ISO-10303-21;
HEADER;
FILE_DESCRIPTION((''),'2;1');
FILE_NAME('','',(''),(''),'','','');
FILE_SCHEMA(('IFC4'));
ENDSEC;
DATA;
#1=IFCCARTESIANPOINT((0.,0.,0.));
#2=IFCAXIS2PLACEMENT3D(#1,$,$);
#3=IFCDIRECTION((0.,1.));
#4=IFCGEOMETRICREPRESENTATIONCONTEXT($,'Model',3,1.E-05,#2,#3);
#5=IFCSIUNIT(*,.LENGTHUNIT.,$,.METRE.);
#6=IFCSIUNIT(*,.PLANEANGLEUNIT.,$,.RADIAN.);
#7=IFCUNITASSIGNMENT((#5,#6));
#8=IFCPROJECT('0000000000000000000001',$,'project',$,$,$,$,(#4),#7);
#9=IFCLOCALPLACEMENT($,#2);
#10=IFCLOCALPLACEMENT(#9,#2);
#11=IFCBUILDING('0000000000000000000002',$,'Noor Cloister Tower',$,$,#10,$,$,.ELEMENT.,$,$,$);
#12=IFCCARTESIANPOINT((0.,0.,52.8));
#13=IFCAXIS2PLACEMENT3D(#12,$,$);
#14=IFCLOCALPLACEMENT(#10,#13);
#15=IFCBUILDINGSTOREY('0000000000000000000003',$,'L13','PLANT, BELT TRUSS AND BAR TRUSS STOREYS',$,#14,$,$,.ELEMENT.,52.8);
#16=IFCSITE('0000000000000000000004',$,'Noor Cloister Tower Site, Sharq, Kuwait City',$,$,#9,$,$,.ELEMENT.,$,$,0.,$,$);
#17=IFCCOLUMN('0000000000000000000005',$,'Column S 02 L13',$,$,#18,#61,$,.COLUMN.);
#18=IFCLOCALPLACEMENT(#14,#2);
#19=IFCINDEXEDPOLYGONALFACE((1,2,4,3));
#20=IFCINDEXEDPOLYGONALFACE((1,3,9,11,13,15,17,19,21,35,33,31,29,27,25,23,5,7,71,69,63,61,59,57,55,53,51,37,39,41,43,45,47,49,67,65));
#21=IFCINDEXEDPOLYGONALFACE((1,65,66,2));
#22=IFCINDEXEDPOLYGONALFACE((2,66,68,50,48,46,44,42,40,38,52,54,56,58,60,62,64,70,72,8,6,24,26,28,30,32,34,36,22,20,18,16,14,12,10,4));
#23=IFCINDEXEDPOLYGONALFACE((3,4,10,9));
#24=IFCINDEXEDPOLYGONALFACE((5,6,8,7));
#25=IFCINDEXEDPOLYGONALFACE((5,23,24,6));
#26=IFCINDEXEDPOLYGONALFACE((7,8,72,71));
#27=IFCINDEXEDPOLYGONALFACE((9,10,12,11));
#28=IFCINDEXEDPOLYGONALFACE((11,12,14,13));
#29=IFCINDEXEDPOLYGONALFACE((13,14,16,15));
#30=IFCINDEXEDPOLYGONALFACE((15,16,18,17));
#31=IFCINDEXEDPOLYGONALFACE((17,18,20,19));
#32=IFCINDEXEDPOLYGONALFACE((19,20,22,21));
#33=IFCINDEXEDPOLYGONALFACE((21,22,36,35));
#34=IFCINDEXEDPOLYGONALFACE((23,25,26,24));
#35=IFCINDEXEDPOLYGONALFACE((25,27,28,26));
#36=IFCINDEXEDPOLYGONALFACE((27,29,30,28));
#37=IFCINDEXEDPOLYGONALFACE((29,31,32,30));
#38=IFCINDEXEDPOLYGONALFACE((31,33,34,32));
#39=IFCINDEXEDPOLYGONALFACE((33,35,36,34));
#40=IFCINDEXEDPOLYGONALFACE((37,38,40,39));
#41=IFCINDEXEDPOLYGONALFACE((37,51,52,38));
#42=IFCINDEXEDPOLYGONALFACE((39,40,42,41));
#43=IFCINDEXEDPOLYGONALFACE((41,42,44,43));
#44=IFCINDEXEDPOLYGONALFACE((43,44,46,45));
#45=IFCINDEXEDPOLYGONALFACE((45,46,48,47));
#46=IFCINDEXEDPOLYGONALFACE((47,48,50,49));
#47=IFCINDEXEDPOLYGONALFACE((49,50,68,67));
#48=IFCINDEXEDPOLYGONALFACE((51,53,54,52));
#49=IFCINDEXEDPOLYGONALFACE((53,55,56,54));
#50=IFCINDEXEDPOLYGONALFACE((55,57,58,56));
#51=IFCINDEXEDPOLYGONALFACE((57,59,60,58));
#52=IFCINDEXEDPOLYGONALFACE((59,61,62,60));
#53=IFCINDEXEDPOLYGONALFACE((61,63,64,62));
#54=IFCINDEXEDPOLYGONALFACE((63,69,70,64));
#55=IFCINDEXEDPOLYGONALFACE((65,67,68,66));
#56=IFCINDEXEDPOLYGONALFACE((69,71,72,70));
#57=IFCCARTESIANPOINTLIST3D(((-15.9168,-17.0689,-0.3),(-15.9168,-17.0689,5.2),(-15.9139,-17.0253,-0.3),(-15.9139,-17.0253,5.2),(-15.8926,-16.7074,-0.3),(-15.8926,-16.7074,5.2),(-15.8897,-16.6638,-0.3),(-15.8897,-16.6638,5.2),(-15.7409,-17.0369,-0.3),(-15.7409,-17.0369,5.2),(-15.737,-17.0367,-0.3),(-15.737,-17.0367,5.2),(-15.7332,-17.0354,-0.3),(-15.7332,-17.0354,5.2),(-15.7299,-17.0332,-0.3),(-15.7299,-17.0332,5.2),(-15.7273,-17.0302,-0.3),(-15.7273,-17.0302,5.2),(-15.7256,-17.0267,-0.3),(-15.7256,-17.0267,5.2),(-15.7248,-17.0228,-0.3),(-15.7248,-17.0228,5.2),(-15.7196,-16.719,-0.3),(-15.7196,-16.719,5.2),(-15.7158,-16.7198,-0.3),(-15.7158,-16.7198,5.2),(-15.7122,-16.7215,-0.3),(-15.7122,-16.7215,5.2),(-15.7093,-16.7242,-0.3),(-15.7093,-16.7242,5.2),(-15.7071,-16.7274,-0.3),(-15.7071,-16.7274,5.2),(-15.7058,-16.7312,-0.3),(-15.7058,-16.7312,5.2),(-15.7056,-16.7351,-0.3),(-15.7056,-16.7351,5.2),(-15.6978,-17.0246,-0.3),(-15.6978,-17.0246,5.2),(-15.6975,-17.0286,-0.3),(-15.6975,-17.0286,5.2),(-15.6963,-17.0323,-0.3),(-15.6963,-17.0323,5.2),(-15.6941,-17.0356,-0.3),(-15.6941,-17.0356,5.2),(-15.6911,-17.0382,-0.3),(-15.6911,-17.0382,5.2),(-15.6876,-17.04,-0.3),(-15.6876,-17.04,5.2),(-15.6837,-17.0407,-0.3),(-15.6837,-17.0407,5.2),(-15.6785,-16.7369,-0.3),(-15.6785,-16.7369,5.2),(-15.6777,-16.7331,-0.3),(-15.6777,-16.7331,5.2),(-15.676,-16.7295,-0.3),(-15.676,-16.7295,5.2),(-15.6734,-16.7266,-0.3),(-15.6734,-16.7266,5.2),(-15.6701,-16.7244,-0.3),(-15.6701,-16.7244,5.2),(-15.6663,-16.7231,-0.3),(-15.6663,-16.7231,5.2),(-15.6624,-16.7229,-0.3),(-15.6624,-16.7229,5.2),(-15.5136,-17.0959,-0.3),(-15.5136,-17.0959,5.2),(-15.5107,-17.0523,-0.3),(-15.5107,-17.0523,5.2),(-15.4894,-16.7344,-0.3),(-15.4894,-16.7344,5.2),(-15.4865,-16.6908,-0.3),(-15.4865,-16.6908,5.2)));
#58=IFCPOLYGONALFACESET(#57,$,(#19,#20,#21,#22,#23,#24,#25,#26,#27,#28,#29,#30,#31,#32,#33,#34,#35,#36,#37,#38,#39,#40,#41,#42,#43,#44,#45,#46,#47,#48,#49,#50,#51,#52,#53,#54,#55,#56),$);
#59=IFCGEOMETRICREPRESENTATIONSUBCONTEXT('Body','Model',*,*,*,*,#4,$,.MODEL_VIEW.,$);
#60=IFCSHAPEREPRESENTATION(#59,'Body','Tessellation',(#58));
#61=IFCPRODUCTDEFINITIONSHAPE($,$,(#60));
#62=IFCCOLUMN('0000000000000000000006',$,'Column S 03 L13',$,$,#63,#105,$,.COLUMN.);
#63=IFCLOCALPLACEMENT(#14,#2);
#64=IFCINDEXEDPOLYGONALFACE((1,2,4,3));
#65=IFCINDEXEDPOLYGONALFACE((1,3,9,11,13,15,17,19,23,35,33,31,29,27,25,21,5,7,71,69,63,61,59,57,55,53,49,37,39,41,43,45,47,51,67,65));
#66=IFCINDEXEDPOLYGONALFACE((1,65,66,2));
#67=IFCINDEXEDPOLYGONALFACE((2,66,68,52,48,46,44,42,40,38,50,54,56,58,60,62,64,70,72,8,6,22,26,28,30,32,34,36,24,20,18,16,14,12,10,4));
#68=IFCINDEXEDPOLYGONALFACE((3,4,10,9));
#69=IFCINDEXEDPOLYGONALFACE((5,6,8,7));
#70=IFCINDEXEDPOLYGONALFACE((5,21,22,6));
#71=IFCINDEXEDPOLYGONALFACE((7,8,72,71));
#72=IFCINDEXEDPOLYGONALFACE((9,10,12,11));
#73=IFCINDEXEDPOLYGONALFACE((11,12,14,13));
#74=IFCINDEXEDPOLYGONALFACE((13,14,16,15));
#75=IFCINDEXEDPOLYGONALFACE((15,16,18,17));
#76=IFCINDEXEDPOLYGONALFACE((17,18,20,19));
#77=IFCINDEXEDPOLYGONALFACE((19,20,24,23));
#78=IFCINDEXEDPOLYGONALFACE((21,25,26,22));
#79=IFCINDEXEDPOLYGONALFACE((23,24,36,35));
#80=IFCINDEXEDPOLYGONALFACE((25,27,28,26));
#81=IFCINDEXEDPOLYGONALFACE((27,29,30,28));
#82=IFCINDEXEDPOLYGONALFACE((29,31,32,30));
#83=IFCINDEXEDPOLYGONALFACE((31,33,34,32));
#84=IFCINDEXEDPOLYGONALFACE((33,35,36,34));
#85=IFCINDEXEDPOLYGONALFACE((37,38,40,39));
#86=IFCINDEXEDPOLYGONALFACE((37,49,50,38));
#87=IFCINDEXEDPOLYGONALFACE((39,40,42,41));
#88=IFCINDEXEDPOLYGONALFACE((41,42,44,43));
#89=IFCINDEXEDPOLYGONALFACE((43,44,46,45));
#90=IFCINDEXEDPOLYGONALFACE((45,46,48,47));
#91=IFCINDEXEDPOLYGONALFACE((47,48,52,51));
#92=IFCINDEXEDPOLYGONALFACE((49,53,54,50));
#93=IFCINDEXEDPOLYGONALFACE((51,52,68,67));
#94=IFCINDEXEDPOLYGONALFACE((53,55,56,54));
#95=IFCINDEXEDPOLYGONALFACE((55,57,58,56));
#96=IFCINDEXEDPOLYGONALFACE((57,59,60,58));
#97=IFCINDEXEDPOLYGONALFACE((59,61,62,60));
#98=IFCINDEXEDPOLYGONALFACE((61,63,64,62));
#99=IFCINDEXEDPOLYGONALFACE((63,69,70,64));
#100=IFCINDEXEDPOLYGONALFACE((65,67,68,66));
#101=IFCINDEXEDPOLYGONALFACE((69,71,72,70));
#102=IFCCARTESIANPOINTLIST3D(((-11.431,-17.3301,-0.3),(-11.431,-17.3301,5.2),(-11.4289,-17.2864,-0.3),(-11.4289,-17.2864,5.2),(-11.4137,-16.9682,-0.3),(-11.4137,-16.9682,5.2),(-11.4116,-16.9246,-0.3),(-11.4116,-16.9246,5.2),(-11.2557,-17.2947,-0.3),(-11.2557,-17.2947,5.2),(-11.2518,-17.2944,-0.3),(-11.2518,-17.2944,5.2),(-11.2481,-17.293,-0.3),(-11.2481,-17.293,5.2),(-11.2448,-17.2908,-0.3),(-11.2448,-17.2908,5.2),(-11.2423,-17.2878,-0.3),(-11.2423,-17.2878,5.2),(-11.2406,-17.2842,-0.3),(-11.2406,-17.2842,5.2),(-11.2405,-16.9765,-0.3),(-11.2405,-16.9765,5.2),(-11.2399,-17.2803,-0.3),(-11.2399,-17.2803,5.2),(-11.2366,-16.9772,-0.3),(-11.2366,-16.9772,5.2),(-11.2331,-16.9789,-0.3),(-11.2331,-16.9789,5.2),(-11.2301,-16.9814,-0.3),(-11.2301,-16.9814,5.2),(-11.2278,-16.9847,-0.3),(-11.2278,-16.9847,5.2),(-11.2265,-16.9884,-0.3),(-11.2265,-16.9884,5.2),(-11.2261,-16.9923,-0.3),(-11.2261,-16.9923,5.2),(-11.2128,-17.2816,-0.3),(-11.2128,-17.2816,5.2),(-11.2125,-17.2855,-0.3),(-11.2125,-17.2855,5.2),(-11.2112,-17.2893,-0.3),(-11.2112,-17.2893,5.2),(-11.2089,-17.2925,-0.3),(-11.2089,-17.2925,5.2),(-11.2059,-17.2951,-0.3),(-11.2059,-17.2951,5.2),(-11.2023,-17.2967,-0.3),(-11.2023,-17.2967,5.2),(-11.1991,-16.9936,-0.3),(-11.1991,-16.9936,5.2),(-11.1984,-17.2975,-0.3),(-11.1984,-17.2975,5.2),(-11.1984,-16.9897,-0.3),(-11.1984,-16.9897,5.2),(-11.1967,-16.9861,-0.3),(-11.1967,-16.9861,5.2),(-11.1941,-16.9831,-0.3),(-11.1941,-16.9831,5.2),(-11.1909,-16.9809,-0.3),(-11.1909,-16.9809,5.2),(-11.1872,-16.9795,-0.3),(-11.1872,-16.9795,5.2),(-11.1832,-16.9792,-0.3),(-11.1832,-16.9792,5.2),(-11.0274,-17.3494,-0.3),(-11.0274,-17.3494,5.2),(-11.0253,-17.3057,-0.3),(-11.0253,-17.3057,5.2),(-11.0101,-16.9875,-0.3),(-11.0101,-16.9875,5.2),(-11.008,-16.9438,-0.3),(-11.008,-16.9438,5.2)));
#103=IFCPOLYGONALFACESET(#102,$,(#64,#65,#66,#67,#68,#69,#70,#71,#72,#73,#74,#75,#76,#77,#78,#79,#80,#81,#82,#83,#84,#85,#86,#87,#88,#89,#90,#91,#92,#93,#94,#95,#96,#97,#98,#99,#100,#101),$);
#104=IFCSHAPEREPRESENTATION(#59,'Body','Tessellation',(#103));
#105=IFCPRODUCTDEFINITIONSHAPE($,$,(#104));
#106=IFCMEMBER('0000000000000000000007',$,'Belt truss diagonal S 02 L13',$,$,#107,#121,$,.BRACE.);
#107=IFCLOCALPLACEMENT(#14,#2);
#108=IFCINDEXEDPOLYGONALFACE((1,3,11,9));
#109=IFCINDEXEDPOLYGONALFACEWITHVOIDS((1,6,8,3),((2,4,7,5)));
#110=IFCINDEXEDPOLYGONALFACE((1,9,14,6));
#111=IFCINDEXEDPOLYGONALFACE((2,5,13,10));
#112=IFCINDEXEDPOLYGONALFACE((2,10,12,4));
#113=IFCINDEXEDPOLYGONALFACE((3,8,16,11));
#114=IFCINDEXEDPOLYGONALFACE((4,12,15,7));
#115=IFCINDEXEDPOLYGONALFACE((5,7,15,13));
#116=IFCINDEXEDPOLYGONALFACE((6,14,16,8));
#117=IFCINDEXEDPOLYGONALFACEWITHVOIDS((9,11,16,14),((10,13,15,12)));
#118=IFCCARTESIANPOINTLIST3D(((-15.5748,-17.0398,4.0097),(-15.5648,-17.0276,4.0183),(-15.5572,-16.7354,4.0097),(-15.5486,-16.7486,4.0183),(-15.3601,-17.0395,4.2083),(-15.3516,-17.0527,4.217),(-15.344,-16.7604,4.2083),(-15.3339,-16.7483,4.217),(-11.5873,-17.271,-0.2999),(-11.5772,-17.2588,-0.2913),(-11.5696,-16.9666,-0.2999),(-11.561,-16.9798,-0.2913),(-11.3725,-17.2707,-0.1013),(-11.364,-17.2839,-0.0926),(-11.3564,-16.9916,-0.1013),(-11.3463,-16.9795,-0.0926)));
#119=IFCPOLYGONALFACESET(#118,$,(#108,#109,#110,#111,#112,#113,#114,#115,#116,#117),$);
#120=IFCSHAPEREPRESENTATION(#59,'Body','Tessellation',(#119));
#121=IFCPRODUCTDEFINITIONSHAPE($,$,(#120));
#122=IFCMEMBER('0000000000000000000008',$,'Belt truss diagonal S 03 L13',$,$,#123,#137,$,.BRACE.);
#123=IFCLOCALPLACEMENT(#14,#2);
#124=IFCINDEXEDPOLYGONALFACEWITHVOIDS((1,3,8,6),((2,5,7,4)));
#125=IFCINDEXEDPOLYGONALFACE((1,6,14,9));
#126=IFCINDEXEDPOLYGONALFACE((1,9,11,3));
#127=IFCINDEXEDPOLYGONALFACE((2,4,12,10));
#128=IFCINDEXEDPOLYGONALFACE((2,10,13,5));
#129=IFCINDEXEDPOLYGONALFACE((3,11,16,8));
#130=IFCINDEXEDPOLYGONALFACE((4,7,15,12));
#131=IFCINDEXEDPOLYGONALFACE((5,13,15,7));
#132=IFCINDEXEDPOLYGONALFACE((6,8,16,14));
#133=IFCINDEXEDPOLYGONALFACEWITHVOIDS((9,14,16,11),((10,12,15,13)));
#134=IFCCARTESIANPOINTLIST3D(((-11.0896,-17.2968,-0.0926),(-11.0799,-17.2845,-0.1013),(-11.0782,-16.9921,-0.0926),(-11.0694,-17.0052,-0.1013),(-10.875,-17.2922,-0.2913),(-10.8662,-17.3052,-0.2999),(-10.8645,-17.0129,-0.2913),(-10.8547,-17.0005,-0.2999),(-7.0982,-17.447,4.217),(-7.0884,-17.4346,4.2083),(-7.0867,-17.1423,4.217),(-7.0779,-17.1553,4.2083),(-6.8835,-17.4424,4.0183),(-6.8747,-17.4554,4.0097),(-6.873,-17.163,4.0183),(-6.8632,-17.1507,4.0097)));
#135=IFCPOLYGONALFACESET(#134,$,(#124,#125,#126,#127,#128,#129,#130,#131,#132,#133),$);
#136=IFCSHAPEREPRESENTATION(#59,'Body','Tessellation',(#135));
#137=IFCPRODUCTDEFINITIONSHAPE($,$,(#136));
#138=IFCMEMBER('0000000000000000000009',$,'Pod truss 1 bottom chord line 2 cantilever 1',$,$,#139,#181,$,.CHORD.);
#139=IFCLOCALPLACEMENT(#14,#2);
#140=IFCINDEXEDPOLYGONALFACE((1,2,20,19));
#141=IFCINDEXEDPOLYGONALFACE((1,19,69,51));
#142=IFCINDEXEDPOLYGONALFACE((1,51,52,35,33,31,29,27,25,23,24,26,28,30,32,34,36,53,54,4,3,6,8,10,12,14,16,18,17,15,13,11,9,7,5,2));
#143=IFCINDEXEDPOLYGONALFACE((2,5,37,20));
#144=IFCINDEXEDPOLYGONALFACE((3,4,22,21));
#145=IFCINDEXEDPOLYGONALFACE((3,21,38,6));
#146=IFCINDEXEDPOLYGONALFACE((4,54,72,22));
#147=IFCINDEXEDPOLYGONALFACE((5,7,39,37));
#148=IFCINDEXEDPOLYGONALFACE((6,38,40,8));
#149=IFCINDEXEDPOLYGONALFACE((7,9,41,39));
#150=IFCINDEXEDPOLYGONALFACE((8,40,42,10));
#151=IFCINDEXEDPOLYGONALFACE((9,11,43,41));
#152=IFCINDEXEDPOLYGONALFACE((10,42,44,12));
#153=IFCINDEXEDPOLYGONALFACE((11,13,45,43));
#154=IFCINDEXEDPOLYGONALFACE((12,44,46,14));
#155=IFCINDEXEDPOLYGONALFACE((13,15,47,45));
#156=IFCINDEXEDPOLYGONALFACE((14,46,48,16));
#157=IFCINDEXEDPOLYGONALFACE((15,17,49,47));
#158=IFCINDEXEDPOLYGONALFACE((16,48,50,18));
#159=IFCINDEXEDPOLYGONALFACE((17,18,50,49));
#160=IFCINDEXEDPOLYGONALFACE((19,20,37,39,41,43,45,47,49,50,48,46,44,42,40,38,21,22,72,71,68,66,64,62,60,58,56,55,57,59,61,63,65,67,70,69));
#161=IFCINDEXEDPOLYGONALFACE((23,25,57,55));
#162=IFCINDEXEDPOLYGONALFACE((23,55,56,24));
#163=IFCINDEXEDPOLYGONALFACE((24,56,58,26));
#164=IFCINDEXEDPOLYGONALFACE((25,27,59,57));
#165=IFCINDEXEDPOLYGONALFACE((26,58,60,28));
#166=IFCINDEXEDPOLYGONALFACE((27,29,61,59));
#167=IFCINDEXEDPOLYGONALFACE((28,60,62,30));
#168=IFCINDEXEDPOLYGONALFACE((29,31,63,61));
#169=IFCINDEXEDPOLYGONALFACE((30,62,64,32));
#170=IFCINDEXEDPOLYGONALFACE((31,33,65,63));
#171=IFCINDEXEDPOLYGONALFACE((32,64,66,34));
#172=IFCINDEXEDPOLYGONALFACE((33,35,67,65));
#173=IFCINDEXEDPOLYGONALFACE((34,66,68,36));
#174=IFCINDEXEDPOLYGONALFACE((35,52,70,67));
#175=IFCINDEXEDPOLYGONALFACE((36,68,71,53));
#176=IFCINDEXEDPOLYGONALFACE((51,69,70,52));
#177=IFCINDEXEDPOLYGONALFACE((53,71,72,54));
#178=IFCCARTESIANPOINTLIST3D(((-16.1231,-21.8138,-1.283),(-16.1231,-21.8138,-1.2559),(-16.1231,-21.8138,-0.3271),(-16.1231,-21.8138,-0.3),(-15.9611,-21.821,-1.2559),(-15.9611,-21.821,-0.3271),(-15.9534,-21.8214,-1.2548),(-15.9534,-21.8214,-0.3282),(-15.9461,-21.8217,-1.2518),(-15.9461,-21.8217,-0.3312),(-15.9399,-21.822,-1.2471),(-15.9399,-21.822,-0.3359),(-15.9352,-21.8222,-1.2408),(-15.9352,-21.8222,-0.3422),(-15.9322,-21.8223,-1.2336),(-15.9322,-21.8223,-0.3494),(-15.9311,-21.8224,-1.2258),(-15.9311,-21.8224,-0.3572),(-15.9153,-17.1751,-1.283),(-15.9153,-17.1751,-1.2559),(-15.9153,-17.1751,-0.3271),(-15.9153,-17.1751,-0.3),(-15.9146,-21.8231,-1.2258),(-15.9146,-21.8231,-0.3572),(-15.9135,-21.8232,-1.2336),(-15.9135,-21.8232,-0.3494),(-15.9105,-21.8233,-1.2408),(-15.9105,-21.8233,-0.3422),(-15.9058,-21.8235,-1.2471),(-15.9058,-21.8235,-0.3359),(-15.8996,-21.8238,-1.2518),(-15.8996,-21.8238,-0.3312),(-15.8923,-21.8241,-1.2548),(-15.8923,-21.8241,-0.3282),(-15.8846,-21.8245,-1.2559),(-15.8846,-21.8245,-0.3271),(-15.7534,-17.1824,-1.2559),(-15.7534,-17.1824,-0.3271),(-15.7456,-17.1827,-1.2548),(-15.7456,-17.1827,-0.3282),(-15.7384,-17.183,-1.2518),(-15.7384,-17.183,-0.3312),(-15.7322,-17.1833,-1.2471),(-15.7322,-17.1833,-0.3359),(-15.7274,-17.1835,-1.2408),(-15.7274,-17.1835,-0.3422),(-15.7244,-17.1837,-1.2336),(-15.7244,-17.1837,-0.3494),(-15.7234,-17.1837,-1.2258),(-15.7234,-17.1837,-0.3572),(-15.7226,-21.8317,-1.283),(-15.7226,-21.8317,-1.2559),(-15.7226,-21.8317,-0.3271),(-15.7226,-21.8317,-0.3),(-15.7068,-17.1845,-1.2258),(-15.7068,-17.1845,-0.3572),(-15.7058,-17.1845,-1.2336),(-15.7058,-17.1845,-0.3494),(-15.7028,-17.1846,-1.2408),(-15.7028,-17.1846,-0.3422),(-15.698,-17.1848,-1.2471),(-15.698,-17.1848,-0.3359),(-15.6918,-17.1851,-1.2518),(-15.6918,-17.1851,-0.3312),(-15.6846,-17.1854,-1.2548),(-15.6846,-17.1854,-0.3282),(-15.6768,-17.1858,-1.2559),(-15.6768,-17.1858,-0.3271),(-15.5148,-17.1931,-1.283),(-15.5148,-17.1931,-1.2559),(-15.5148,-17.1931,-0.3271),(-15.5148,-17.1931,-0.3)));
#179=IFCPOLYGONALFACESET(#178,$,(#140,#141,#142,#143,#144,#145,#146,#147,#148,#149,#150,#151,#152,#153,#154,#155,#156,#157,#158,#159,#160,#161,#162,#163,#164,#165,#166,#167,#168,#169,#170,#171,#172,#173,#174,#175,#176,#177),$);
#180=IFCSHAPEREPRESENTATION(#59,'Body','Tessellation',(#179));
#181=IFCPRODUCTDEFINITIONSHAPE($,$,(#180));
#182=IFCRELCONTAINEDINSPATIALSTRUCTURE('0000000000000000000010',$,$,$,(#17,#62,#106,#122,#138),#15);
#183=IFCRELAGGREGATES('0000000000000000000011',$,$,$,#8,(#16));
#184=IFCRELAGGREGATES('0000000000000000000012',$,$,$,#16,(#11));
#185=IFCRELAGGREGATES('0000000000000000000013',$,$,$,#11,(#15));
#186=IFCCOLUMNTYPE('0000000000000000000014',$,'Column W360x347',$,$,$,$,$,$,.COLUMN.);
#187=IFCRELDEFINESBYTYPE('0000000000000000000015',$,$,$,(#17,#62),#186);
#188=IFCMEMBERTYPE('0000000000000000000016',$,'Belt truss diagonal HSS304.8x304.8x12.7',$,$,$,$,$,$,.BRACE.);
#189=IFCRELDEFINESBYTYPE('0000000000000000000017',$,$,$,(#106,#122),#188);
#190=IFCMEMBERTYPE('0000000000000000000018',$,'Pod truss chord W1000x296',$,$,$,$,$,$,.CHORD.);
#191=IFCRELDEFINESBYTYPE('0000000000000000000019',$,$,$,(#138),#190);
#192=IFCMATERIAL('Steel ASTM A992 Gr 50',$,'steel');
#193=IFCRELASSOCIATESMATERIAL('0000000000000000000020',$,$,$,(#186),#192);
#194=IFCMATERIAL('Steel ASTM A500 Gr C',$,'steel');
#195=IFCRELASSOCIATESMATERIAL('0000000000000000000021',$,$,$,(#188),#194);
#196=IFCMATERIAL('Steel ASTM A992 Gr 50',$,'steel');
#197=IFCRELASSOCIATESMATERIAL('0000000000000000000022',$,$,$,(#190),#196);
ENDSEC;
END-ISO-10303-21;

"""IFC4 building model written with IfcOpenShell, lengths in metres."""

from ifc_helpers import new_model, si_unit, direction, frame, origin, origin_2d, place, context, subcontext, project, spatial, hollow_rectangle, i_section, extrude, material, material_profile, profile_set, type_object, element, save


model = new_model("IFC4")

# Units and contexts
model_context = context("Model", 3, precision=1e-05, world=origin(), true_north=direction((0.0, 1.0)))
body_context = subcontext(model_context, "Body", "Model", "MODEL_VIEW")
ifc_project = project(units=[si_unit("LENGTHUNIT", "METRE"), si_unit("PLANEANGLEUNIT", "RADIAN")], contexts=[model_context])

# Site, building, storey
site_placement = place(None, origin())
site = spatial("IfcSite", under=ifc_project, at=site_placement, Name="Noor Cloister Tower Site, Sharq, Kuwait City", CompositionType="ELEMENT", RefElevation=0.0)
building_placement = place(site_placement, origin())
building = spatial("IfcBuilding", under=site, at=building_placement, Name="Noor Cloister Tower", CompositionType="ELEMENT")
storey_placement = place(building_placement, frame((0.0, 0.0, 52.8)))
storey = spatial("IfcBuildingStorey", under=building, at=storey_placement, Name="L13", Description="PLANT, BELT TRUSS AND BAR TRUSS STOREYS", CompositionType="ELEMENT", Elevation=52.8)

# Columns
ifc_material_1 = material(Name="Steel ASTM A992 Gr 50", Category="steel")
ifc_material_profile_1 = material_profile(ifc_material_1, i_section(OverallWidth=0.4041, OverallDepth=0.406, WebThickness=0.0271, FlangeThickness=0.0437, FilletRadius=0.0151, at=origin_2d()), Name="W360x347")
ifc_profile_set_1 = profile_set([ifc_material_profile_1], Name="Steel ASTM A992 Gr 50")
column_type = type_object("IfcColumnType", Name="Column W360x347", PredefinedType="COLUMN", material=ifc_profile_set_1)
for number, where, z_axis, x_axis, name in (
    (1, (-15.7017, -16.8799, -0.3), (0.0, 0.0, 1.0), (0.997767, -0.066787, 0.0), "Column S 02 L13"),
    (2, (-11.2195, -17.137, -0.3), (0.0, 0.0, 1.0), (0.998861, -0.047723, 0.0), "Column S 03 L13"),
):
    element("IfcColumn", number, at=place(storey_placement, frame(where, z_axis=z_axis, x_axis=x_axis)), inside=storey, type_object=column_type, Name=name, PredefinedType="COLUMN", context=body_context, shape_type="SweptSolid", body=[
        extrude(i_section(OverallWidth=0.4041, OverallDepth=0.406, WebThickness=0.0271, FlangeThickness=0.0437, FilletRadius=0.0151, at=origin_2d()), origin(), (0.0, 0.0, 1.0), 5.5),
    ])

# Members
ifc_material_2 = material(Name="Steel ASTM A500 Gr C", Category="steel")
ifc_material_profile_2 = material_profile(ifc_material_2, hollow_rectangle(XDim=0.3049, YDim=0.3049, WallThickness=0.0127, at=origin_2d()), Name="HSS304.8x304.8x12.7")
ifc_profile_set_2 = profile_set([ifc_material_profile_2], Name="Steel ASTM A500 Gr C")
member_type_1 = type_object("IfcMemberType", Name="Belt truss diagonal HSS304.8x304.8x12.7", PredefinedType="BRACE", material=ifc_profile_set_2)
for number, where, z_axis, x_axis, name in (
    (3, (-11.4668, -17.1252, -0.1963), (-0.678626, 0.039347, 0.733429), (-0.057884, -0.998323, 0.0), "Belt truss diagonal S 02 L13"),
    (4, (-10.9722, -17.1487, -0.1963), (0.679288, -0.025553, 0.733427), (0.03759, 0.999293, 0.0), "Belt truss diagonal S 03 L13"),
):
    element("IfcMember", number, at=place(storey_placement, frame(where, z_axis=z_axis, x_axis=x_axis)), inside=storey, type_object=member_type_1, Name=name, PredefinedType="BRACE", context=body_context, shape_type="SweptSolid", body=[
        extrude(hollow_rectangle(XDim=0.3049, YDim=0.3049, WallThickness=0.0127, at=origin_2d()), origin(), (0.0, 0.0, 1.0), 5.876),
    ])
ifc_material_3 = material(Name="Steel ASTM A992 Gr 50", Category="steel")
ifc_material_profile_3 = material_profile(ifc_material_3, i_section(OverallWidth=0.4009, OverallDepth=0.9829, WebThickness=0.0166, FlangeThickness=0.0271, FilletRadius=0.03, at=origin_2d()), Name="W1000x296")
ifc_profile_set_3 = profile_set([ifc_material_profile_3], Name="Steel ASTM A992 Gr 50")
member_type_2 = type_object("IfcMemberType", Name="Pod truss chord W1000x296", PredefinedType="CHORD", material=ifc_profile_set_3)
member_1_placement = place(storey_placement, frame((-15.7151, -17.1841, -0.7915), z_axis=(-0.044745, -0.998998, 0.0), x_axis=(0.998998, -0.044745, 0.0)))
element("IfcMember", 5, at=member_1_placement, inside=storey, type_object=member_type_2, Name="Pod truss 1 bottom chord line 2 cantilever 1", PredefinedType="CHORD", context=body_context, shape_type="SweptSolid", body=[
    extrude(i_section(OverallWidth=0.4009, OverallDepth=0.9829, WebThickness=0.0166, FlangeThickness=0.0271, FilletRadius=0.03, at=origin_2d()), origin(), (0.0, 0.0, 1.0), 4.6433),
])

save(model, "model.ifc")
